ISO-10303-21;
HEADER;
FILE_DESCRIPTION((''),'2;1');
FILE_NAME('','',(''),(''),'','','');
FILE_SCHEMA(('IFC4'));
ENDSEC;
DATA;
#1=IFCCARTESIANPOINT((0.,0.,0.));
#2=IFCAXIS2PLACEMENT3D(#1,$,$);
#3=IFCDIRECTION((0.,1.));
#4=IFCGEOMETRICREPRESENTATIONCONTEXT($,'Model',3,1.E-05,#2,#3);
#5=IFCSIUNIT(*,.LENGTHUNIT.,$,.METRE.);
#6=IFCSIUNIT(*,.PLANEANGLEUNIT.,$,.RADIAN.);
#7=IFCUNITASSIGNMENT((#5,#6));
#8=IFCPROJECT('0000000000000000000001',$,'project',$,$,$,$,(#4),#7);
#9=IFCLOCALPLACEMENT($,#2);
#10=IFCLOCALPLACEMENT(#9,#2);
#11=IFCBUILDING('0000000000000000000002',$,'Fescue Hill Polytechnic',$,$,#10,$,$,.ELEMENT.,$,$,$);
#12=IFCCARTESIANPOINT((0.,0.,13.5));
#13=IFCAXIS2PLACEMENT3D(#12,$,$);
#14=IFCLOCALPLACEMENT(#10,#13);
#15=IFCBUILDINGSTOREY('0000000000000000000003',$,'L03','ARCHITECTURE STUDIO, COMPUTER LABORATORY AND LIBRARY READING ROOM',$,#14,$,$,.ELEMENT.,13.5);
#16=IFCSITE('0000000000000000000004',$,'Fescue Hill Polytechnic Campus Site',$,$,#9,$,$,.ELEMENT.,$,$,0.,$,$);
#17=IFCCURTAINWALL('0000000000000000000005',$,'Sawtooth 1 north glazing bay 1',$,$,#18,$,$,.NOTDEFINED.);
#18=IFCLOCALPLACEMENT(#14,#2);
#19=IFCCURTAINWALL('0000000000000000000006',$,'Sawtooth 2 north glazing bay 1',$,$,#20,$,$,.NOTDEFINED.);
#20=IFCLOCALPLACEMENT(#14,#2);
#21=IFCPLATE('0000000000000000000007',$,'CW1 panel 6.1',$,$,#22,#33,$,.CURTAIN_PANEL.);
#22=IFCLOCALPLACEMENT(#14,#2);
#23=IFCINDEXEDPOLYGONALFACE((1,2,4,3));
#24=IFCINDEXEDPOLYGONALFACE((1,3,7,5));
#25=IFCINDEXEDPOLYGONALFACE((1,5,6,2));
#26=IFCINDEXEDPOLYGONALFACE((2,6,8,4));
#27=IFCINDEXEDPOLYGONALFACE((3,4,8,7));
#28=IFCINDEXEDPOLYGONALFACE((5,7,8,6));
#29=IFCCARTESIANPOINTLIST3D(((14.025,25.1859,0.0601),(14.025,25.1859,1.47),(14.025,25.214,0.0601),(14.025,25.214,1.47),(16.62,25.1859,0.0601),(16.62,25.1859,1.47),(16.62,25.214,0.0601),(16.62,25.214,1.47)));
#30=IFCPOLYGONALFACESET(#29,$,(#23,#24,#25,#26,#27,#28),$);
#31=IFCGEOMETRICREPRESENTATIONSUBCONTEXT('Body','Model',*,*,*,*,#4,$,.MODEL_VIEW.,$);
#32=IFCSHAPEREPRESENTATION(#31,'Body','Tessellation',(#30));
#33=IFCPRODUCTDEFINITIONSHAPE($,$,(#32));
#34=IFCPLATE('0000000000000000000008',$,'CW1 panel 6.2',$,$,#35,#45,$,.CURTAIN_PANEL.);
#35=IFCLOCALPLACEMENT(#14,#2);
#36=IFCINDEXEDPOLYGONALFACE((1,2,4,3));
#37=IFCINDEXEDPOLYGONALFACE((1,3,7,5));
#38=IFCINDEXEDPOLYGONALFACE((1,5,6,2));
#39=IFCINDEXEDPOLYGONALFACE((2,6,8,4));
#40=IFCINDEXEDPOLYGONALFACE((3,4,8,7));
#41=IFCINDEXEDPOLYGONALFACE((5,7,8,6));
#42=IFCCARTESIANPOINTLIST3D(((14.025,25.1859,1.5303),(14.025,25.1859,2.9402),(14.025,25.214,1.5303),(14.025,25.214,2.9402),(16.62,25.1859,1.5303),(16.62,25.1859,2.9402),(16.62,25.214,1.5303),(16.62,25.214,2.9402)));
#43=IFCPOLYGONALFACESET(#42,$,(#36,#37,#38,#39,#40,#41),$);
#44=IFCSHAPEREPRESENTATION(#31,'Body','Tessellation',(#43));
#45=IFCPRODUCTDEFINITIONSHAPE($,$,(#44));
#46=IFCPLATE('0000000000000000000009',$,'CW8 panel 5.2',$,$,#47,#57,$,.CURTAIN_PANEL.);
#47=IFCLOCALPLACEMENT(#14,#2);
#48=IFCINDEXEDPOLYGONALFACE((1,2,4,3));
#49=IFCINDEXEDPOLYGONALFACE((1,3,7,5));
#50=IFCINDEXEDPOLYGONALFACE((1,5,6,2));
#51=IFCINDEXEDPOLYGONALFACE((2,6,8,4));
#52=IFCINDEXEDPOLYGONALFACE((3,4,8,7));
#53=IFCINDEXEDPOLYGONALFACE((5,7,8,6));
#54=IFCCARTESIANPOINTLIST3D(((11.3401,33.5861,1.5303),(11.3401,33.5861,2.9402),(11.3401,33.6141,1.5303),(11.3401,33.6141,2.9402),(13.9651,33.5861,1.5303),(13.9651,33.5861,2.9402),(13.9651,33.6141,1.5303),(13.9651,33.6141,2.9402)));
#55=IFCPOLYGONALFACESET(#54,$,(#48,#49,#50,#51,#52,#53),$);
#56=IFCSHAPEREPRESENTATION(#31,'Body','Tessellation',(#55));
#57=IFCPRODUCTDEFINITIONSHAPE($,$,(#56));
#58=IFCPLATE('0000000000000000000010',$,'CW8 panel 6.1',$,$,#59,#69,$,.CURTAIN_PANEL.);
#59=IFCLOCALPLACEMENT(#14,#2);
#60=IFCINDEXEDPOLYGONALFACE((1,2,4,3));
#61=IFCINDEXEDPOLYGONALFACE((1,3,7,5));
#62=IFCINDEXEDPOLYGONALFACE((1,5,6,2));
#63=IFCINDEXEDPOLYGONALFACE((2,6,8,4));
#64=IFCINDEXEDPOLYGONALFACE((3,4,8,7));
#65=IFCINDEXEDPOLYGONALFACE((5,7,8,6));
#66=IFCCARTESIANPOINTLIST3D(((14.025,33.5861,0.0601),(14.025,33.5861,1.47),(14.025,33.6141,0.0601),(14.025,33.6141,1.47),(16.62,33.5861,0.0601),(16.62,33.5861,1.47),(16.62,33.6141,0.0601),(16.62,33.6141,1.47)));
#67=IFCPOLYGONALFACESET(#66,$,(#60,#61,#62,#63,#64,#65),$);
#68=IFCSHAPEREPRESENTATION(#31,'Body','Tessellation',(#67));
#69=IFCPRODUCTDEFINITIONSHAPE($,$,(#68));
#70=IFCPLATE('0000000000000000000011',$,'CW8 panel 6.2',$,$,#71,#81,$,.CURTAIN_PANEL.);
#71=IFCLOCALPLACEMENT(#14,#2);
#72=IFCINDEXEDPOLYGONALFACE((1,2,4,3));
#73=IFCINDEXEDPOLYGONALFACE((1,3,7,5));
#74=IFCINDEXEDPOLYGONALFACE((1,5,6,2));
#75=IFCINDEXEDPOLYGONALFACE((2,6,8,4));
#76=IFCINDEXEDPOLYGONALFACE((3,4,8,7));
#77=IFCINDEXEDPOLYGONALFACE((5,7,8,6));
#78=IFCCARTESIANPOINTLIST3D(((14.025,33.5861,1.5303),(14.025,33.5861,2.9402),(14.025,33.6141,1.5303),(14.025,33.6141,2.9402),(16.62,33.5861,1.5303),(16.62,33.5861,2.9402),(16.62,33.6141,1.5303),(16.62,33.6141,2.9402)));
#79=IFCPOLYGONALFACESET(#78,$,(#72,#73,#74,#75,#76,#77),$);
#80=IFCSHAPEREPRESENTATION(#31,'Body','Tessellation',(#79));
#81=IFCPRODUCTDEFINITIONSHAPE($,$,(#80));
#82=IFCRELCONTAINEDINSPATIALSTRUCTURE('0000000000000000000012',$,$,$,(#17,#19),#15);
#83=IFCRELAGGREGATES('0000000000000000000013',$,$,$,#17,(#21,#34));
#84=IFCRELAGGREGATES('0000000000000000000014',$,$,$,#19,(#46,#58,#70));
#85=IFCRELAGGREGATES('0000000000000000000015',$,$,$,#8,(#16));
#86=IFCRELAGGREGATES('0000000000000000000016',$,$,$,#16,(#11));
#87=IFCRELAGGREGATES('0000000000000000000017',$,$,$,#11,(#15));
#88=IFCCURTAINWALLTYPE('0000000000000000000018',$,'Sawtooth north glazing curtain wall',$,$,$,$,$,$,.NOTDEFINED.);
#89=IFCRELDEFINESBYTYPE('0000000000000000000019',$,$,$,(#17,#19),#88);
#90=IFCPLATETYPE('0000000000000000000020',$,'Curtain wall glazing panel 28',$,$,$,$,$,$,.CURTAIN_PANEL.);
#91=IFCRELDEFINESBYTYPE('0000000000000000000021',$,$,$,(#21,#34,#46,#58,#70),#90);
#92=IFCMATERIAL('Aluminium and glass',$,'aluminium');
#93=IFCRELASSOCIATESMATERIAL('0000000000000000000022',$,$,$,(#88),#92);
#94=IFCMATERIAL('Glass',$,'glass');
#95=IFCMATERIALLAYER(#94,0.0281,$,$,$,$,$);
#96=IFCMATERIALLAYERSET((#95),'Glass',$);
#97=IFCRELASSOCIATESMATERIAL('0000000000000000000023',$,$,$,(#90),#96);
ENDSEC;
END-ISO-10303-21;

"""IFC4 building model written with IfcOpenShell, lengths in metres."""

from ifc_helpers import new_model, si_unit, direction, frame, origin, origin_2d, place, context, subcontext, project, spatial, rectangle, extrude, material, layer, layer_set, type_object, element, aggregate, save


model = new_model("IFC4")

# Units and contexts
model_context = context("Model", 3, precision=1e-05, world=origin(), true_north=direction((0.0, 1.0)))
body_context = subcontext(model_context, "Body", "Model", "MODEL_VIEW")
ifc_project = project(units=[si_unit("LENGTHUNIT", "METRE"), si_unit("PLANEANGLEUNIT", "RADIAN")], contexts=[model_context])

# Site, building, storey
site_placement = place(None, origin())
site = spatial("IfcSite", under=ifc_project, at=site_placement, Name="Fescue Hill Polytechnic Campus Site", CompositionType="ELEMENT", RefElevation=0.0)
building_placement = place(site_placement, origin())
building = spatial("IfcBuilding", under=site, at=building_placement, Name="Fescue Hill Polytechnic", CompositionType="ELEMENT")
storey_placement = place(building_placement, frame((0.0, 0.0, 13.5)))
storey = spatial("IfcBuildingStorey", under=building, at=storey_placement, Name="L03", Description="ARCHITECTURE STUDIO, COMPUTER LABORATORY AND LIBRARY READING ROOM", CompositionType="ELEMENT", Elevation=13.5)

# Curtain wall
ifc_material_1 = material(Name="Aluminium and glass", Category="aluminium")
curtain_wall_type = type_object("IfcCurtainWallType", Name="Sawtooth north glazing curtain wall", PredefinedType="NOTDEFINED", material=ifc_material_1)
curtain_wall_1_placement = place(storey_placement, origin())
curtain_wall_1 = element("IfcCurtainWall", 1, at=curtain_wall_1_placement, inside=storey, type_object=curtain_wall_type, Name="Sawtooth 1 north glazing bay 1", PredefinedType="NOTDEFINED")

# Curtain wall
curtain_wall_2_placement = place(storey_placement, origin())
curtain_wall_2 = element("IfcCurtainWall", 2, at=curtain_wall_2_placement, inside=storey, type_object=curtain_wall_type, Name="Sawtooth 2 north glazing bay 1", PredefinedType="NOTDEFINED")

# Plates
ifc_material_2 = material(Name="Glass", Category="glass")
ifc_layer = layer(ifc_material_2, 0.0281)
ifc_layer_set = layer_set([ifc_layer], Name="Glass")
plate_type = type_object("IfcPlateType", Name="Curtain wall glazing panel 28", PredefinedType="CURTAIN_PANEL", material=ifc_layer_set)
plate_1_placement = place(storey_placement, frame((15.3225, 25.2, 0.0601), z_axis=(0.0, 0.0, 1.0), x_axis=(1.0, 0.0, 0.0)))
plate_1 = element("IfcPlate", 3, at=plate_1_placement, type_object=plate_type, Name="CW1 panel 6.1", PredefinedType="CURTAIN_PANEL", context=body_context, shape_type="SweptSolid", body=[
    extrude(rectangle(XDim=2.595, YDim=0.0281, at=origin_2d()), origin(), (0.0, 0.0, 1.0), 1.4099),
])
plate_2_placement = place(storey_placement, frame((15.3225, 25.2, 1.5303), z_axis=(0.0, 0.0, 1.0), x_axis=(1.0, 0.0, 0.0)))
plate_2 = element("IfcPlate", 4, at=plate_2_placement, type_object=plate_type, Name="CW1 panel 6.2", PredefinedType="CURTAIN_PANEL", context=body_context, shape_type="SweptSolid", body=[
    extrude(rectangle(XDim=2.595, YDim=0.0281, at=origin_2d()), origin(), (0.0, 0.0, 1.0), 1.4099),
])
aggregate(curtain_wall_1, [plate_1, plate_2])
plate_3_placement = place(storey_placement, frame((12.6526, 33.6001, 1.5303), z_axis=(0.0, 0.0, 1.0), x_axis=(1.0, 0.0, 0.0)))
plate_3 = element("IfcPlate", 5, at=plate_3_placement, type_object=plate_type, Name="CW8 panel 5.2", PredefinedType="CURTAIN_PANEL", context=body_context, shape_type="SweptSolid", body=[
    extrude(rectangle(XDim=2.625, YDim=0.0281, at=origin_2d()), origin(), (0.0, 0.0, 1.0), 1.4099),
])
plate_4_placement = place(storey_placement, frame((15.3225, 33.6001, 0.0601), z_axis=(0.0, 0.0, 1.0), x_axis=(1.0, 0.0, 0.0)))
plate_4 = element("IfcPlate", 6, at=plate_4_placement, type_object=plate_type, Name="CW8 panel 6.1", PredefinedType="CURTAIN_PANEL", context=body_context, shape_type="SweptSolid", body=[
    extrude(rectangle(XDim=2.595, YDim=0.0281, at=origin_2d()), origin(), (0.0, 0.0, 1.0), 1.4099),
])
plate_5_placement = place(storey_placement, frame((15.3225, 33.6001, 1.5303), z_axis=(0.0, 0.0, 1.0), x_axis=(1.0, 0.0, 0.0)))
plate_5 = element("IfcPlate", 7, at=plate_5_placement, type_object=plate_type, Name="CW8 panel 6.2", PredefinedType="CURTAIN_PANEL", context=body_context, shape_type="SweptSolid", body=[
    extrude(rectangle(XDim=2.595, YDim=0.0281, at=origin_2d()), origin(), (0.0, 0.0, 1.0), 1.4099),
])
aggregate(curtain_wall_2, [plate_3, plate_4, plate_5])

save(model, "model.ifc")
